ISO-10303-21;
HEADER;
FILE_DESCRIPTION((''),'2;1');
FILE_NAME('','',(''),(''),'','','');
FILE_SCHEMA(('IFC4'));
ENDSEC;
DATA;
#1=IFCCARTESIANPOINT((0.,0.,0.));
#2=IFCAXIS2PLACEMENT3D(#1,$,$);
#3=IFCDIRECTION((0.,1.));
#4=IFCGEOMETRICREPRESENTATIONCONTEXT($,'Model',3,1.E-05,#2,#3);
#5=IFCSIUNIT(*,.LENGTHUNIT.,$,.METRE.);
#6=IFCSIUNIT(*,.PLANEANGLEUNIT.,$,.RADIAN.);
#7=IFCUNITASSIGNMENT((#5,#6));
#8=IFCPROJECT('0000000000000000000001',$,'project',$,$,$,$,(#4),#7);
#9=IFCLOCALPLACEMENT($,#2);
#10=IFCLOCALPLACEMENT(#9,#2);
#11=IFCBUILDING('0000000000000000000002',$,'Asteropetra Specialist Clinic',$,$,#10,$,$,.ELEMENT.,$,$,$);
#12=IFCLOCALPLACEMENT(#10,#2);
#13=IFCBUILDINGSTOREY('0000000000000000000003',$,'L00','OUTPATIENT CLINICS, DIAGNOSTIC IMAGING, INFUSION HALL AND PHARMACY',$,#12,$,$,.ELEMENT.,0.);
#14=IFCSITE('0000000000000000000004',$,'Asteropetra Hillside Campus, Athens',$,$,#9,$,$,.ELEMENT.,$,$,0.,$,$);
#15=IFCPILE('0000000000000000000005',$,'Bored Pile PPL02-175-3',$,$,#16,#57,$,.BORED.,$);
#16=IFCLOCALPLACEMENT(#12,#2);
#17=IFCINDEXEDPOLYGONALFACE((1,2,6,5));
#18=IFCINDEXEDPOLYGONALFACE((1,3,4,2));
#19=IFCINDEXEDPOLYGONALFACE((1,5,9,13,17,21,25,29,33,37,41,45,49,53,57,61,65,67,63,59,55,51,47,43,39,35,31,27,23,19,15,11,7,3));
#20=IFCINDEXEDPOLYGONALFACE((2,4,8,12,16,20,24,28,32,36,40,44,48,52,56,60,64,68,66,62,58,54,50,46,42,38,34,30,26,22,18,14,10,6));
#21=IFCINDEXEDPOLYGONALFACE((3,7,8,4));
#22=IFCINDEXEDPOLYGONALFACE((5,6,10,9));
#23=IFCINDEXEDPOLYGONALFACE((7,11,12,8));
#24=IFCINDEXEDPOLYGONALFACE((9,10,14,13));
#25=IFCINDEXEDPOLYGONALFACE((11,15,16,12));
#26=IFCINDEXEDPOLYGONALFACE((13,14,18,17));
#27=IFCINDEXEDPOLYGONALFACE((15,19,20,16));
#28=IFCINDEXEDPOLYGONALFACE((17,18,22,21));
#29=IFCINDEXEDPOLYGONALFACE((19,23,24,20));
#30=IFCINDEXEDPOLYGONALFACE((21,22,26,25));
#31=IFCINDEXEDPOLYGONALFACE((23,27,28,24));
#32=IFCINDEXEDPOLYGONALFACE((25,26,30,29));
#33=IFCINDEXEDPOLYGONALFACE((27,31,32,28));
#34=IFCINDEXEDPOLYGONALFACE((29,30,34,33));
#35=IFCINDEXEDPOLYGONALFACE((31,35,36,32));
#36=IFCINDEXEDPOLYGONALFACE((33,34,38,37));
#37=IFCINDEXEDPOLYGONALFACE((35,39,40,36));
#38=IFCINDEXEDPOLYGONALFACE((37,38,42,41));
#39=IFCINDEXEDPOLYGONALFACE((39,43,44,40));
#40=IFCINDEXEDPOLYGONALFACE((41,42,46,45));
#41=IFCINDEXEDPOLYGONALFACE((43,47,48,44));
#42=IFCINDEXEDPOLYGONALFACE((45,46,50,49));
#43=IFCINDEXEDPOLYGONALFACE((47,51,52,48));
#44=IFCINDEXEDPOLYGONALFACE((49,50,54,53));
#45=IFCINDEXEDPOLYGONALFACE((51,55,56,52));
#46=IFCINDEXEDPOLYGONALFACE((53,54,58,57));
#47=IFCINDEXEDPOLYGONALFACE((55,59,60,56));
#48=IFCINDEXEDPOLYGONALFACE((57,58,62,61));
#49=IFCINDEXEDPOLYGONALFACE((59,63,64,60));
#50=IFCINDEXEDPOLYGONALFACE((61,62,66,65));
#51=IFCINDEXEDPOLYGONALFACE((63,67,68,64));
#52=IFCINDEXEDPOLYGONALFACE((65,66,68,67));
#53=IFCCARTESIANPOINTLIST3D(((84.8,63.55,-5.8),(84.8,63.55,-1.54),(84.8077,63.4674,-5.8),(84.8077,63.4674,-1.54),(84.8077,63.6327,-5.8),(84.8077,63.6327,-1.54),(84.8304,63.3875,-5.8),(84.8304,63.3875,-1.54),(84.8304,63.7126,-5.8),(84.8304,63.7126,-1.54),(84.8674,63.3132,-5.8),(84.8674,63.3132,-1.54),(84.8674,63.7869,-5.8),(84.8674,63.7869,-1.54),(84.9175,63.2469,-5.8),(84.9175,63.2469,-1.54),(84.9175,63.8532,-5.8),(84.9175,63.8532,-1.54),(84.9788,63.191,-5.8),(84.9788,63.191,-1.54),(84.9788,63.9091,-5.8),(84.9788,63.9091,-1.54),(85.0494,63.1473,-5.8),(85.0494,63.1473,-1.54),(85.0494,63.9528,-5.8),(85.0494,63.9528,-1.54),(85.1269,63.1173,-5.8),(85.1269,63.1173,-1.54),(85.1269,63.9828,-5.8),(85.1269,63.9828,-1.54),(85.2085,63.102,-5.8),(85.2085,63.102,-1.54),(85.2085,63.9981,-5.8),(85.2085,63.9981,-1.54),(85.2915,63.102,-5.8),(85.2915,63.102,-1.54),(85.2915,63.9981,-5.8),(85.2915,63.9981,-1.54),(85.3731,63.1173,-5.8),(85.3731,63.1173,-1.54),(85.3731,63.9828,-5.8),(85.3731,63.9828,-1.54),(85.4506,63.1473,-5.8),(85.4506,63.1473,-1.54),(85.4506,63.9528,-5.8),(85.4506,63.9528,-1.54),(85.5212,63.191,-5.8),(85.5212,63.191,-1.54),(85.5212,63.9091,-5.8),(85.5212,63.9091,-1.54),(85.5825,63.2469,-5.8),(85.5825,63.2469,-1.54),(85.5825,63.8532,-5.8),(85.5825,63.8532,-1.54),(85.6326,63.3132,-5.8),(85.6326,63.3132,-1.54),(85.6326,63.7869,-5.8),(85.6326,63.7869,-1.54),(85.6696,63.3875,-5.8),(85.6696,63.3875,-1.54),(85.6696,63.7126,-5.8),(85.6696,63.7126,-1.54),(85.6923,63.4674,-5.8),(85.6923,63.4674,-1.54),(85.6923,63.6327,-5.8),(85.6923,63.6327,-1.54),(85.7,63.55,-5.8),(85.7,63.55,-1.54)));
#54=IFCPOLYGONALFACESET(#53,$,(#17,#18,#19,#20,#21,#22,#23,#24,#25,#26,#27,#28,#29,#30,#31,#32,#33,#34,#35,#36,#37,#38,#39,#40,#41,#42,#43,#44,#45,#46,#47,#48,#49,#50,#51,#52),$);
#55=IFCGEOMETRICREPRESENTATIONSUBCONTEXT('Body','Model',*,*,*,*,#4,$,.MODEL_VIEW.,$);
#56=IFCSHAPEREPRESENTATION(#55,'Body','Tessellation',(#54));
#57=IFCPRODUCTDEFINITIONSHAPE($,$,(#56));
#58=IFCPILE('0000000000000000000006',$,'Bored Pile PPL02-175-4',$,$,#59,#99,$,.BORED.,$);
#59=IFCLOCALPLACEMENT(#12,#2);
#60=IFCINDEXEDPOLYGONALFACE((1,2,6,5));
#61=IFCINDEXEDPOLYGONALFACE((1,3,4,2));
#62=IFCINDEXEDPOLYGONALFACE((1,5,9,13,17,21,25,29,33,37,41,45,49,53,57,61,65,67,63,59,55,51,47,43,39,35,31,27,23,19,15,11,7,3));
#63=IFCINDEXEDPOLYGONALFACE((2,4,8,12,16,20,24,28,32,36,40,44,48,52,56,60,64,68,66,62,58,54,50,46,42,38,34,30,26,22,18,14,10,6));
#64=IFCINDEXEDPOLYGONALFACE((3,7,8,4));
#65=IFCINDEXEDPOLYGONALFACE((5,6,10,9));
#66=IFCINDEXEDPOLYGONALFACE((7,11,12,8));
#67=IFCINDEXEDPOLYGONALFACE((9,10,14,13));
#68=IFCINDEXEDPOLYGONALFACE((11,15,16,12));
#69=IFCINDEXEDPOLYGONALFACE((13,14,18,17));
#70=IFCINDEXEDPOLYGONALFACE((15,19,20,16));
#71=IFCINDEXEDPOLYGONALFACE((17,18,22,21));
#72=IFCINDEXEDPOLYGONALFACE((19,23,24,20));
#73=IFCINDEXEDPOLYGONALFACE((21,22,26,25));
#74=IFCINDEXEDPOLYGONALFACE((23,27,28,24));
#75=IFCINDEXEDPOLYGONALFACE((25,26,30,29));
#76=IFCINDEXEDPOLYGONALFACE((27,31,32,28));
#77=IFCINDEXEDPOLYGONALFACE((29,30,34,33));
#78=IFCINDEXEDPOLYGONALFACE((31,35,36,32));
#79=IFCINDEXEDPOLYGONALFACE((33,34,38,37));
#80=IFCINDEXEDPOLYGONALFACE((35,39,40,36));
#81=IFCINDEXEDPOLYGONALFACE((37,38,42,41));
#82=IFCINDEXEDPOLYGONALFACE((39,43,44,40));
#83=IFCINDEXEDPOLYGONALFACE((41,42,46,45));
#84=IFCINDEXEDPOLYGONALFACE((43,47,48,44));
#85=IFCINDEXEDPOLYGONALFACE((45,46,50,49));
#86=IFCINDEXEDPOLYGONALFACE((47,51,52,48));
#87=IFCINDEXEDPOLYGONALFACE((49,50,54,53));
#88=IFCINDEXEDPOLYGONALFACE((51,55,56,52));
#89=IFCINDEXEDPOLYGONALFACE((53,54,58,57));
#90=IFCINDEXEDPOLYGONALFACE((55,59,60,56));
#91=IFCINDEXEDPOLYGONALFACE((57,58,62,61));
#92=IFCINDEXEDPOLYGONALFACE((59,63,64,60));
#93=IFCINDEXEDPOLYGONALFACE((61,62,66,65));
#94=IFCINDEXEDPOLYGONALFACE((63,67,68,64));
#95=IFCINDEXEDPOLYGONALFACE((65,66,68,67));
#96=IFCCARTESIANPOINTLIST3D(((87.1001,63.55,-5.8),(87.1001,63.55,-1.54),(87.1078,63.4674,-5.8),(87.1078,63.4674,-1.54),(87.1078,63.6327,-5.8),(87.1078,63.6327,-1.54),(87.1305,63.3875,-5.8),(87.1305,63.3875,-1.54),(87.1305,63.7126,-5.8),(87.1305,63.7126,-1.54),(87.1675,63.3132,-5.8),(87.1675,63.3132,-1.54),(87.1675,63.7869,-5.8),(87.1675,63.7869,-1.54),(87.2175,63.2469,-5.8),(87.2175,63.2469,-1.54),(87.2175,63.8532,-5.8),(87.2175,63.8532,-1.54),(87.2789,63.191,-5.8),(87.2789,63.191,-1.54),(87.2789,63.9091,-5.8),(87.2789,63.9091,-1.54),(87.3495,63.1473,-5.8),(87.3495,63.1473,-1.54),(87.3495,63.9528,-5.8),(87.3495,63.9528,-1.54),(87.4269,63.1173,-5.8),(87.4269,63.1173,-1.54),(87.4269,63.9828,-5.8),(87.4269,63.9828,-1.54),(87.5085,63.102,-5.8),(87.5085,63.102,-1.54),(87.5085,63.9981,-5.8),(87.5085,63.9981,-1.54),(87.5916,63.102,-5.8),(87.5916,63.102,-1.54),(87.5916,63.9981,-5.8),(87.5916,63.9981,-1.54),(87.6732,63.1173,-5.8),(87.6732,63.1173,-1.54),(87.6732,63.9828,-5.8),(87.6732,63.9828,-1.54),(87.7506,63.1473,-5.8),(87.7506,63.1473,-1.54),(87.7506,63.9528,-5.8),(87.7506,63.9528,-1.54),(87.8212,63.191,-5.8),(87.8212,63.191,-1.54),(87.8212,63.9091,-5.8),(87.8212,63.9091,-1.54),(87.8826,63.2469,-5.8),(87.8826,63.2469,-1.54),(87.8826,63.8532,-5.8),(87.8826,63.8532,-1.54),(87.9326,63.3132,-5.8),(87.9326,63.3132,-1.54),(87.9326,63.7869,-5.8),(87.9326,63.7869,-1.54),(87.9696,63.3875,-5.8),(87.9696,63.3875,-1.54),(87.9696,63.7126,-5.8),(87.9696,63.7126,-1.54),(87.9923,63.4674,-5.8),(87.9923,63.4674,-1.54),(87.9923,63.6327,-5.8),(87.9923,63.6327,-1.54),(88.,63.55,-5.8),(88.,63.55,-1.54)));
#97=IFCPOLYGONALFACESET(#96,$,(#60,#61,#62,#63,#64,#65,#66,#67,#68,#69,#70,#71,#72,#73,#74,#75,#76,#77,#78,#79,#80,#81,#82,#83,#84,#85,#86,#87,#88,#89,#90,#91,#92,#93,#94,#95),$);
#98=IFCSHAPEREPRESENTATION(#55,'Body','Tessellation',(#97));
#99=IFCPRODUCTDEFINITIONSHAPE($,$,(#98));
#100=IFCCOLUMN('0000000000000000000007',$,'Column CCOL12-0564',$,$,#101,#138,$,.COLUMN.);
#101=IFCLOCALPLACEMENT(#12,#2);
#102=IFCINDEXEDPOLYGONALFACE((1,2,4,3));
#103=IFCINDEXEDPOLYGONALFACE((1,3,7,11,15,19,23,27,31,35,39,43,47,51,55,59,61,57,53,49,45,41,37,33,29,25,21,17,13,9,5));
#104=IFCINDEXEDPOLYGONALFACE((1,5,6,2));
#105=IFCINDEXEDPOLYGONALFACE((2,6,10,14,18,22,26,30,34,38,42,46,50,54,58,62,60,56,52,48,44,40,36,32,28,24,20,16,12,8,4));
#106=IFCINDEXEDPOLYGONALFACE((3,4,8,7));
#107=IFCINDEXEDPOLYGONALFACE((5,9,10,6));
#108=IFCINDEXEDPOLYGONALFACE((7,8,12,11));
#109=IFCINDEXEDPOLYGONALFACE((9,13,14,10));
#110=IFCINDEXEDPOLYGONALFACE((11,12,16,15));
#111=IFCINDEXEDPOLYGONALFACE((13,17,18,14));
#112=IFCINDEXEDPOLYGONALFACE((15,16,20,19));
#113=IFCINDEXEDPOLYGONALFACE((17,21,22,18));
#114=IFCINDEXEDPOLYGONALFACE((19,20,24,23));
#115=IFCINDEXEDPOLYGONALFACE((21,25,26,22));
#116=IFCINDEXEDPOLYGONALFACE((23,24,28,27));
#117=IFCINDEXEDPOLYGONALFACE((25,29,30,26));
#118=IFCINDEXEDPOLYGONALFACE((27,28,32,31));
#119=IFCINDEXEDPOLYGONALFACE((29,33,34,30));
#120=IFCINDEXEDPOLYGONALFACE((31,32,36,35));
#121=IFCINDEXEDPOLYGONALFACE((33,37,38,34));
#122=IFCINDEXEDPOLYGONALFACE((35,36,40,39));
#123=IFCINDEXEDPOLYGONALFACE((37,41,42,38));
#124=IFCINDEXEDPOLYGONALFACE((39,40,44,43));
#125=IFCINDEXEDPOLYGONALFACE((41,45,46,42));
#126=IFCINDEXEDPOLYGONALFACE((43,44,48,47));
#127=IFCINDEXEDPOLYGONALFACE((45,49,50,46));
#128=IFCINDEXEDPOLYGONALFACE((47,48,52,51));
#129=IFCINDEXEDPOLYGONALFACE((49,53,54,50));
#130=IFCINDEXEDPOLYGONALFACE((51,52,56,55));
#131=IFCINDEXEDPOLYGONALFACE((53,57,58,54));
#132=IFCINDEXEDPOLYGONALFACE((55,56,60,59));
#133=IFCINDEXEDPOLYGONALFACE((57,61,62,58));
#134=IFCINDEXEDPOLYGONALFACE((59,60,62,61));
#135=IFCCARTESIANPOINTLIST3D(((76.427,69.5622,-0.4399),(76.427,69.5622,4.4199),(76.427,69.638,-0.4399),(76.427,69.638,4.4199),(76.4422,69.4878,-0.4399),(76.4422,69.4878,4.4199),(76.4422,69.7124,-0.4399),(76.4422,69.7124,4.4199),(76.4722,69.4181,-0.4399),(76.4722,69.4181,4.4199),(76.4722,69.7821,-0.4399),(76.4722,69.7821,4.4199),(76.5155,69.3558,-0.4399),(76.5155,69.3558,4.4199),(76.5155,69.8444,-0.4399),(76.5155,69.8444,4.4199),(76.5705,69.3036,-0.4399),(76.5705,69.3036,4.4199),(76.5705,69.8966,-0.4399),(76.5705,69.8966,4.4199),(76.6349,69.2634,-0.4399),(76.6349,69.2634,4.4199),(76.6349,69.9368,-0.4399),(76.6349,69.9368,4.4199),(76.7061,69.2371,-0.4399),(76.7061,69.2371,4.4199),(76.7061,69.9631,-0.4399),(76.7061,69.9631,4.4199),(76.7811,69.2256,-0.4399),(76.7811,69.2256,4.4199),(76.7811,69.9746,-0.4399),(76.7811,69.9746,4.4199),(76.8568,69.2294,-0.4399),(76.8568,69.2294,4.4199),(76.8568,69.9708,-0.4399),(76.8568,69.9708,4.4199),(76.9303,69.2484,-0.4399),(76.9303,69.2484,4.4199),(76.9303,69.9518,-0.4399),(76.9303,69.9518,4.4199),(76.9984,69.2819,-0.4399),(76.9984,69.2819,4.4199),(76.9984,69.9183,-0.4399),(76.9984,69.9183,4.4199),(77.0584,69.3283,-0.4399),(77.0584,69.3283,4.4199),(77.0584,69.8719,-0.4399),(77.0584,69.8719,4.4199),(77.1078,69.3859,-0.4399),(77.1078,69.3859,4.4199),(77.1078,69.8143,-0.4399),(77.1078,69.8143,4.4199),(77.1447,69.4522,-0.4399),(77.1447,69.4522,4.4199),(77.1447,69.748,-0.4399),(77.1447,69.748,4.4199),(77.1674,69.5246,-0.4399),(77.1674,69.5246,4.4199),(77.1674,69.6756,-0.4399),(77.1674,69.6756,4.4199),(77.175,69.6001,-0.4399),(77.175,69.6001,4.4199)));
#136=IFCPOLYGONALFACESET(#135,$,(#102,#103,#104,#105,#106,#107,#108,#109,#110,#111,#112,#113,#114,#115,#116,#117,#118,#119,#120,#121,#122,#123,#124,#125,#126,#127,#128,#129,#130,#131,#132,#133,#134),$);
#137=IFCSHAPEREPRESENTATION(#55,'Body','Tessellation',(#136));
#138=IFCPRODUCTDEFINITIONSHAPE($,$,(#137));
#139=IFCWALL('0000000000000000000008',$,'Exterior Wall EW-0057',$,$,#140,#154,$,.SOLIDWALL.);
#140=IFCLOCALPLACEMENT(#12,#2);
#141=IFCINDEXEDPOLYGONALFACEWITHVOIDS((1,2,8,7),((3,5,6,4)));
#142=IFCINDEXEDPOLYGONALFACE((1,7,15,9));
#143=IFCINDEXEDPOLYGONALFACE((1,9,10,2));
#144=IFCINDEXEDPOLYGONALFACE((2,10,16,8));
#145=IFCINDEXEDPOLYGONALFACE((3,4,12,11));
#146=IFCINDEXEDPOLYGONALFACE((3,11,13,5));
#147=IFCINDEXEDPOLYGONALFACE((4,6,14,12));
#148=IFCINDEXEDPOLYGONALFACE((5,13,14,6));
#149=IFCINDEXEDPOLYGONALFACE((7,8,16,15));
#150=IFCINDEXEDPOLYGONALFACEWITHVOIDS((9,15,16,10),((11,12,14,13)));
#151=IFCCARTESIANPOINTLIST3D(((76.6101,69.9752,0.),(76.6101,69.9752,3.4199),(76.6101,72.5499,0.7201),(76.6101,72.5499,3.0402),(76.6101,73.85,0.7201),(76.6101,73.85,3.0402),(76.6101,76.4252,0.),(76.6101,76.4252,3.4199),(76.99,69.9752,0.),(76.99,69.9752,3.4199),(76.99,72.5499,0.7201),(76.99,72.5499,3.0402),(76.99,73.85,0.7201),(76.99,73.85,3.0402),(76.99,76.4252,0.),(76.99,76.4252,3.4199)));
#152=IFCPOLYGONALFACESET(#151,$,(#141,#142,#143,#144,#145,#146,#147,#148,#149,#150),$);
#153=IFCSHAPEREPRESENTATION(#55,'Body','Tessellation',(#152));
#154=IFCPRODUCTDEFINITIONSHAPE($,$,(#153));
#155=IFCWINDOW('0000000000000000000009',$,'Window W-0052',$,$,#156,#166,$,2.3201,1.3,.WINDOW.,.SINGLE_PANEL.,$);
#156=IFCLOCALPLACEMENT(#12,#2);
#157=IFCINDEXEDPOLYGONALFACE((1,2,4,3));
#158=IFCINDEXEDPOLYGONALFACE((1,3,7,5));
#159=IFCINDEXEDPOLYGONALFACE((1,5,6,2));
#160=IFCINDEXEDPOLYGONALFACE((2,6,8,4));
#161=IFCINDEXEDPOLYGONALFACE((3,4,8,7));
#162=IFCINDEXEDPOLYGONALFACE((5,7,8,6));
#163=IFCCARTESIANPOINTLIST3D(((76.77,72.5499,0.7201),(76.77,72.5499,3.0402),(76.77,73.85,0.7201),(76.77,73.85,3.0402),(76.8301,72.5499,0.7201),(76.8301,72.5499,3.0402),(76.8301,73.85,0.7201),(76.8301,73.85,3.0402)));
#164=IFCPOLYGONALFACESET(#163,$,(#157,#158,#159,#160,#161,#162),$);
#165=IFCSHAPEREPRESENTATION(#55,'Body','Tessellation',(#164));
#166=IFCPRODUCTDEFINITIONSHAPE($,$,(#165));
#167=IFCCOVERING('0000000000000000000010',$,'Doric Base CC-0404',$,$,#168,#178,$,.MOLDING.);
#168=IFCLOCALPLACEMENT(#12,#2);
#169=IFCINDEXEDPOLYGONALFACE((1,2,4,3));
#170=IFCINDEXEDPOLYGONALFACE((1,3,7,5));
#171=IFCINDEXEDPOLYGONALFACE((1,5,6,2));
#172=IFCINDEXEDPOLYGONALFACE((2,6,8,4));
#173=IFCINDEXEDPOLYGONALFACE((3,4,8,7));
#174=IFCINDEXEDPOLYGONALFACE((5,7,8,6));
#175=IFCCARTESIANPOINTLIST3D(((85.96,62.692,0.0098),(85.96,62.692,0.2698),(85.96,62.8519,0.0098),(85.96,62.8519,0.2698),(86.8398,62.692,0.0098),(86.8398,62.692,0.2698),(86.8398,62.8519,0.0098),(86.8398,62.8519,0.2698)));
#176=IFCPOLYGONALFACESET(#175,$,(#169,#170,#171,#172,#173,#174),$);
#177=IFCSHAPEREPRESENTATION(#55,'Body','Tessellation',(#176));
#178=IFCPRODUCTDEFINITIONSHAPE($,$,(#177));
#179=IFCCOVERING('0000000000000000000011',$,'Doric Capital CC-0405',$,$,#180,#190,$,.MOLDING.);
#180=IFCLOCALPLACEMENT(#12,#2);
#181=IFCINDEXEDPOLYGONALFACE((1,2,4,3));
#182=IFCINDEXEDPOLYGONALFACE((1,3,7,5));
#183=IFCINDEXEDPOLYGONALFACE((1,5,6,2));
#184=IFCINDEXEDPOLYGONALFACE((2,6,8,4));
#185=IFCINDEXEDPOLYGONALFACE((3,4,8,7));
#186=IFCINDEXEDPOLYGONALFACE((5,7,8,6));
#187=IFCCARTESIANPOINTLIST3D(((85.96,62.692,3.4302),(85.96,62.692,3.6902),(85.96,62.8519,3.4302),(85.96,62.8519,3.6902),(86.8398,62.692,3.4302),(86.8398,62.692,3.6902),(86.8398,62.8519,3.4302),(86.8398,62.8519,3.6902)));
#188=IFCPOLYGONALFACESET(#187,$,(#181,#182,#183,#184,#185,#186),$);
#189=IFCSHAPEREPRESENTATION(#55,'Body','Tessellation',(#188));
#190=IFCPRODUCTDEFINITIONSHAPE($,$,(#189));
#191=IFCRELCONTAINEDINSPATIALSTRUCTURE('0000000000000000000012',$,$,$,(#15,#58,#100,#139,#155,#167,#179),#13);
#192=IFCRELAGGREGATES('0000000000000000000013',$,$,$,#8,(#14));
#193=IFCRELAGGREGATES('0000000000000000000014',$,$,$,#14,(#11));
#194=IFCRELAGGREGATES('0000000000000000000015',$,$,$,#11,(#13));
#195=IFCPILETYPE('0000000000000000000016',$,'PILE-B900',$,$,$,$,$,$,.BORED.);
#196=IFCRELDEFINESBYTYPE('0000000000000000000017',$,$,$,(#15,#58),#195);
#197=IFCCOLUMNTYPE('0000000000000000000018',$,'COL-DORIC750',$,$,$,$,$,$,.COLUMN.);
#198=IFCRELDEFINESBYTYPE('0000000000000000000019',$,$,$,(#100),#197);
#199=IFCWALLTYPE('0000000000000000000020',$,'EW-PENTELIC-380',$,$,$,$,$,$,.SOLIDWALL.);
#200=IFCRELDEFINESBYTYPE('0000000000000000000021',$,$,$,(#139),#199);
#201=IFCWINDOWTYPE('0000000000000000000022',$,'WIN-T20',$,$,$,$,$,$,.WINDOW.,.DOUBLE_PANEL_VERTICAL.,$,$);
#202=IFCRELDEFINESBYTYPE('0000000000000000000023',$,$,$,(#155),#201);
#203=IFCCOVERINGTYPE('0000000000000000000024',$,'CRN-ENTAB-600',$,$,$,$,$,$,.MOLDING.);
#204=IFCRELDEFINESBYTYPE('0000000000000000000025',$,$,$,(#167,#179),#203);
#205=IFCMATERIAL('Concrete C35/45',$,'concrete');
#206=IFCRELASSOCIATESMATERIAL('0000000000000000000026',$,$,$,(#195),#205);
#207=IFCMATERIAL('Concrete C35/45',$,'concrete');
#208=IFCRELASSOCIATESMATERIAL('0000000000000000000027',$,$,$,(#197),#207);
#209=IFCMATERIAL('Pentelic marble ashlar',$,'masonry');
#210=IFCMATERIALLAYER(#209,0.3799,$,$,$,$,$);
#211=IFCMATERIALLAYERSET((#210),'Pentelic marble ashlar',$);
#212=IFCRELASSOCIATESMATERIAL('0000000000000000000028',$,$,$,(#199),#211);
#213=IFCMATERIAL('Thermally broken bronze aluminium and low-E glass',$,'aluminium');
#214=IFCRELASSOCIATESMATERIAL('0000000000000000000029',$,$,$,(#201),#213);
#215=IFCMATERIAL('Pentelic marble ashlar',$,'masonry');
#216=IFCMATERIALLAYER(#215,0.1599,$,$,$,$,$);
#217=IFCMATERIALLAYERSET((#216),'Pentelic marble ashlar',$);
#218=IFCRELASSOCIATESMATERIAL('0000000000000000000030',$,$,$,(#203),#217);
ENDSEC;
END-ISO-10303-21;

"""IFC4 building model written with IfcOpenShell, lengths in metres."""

from ifc_helpers import new_model, si_unit, direction, frame, frame_2d, origin, origin_2d, place, context, subcontext, project, spatial, rectangle, circle, extrude, material, layer, layer_set, material_profile, profile_set, type_object, element, fill, save


model = new_model("IFC4")

# Units and contexts
model_context = context("Model", 3, precision=1e-05, world=origin(), true_north=direction((0.0, 1.0)))
body_context = subcontext(model_context, "Body", "Model", "MODEL_VIEW")
ifc_project = project(units=[si_unit("LENGTHUNIT", "METRE"), si_unit("PLANEANGLEUNIT", "RADIAN")], contexts=[model_context])

# Site, building, storey
site_placement = place(None, origin())
site = spatial("IfcSite", under=ifc_project, at=site_placement, Name="Asteropetra Hillside Campus, Athens", CompositionType="ELEMENT", RefElevation=0.0)
building_placement = place(site_placement, origin())
building = spatial("IfcBuilding", under=site, at=building_placement, Name="Asteropetra Specialist Clinic", CompositionType="ELEMENT")
storey_placement = place(building_placement, origin())
storey = spatial("IfcBuildingStorey", under=building, at=storey_placement, Name="L00", Description="OUTPATIENT CLINICS, DIAGNOSTIC IMAGING, INFUSION HALL AND PHARMACY", CompositionType="ELEMENT", Elevation=0.0)

# Piles
ifc_material_1 = material(Name="Concrete C35/45", Category="concrete")
ifc_material_profile_1 = material_profile(ifc_material_1, circle(Radius=0.45, at=origin_2d()), Name="PILE D900")
ifc_profile_set_1 = profile_set([ifc_material_profile_1], Name="Concrete C35/45")
pile_type_1 = type_object("IfcPileType", Name="PILE-B900", PredefinedType="BORED", material=ifc_profile_set_1)
for number, where, z_axis, x_axis, name in (
    (1, (85.25, 63.55, -1.54), (0.0, 0.0, -1.0), (1.0, 0.0, 0.0), "Bored Pile PPL02-175-3"),
    (2, (87.55, 63.55, -1.54), (0.0, 0.0, -1.0), (1.0, 0.0, 0.0), "Bored Pile PPL02-175-4"),
):
    element("IfcPile", number, at=place(storey_placement, frame(where, z_axis=z_axis, x_axis=x_axis)), inside=storey, type_object=pile_type_1, Name=name, PredefinedType="BORED", context=body_context, shape_type="SweptSolid", body=[
        extrude(circle(Radius=0.45, at=origin_2d()), origin(), (0.0, 0.0, 1.0), 4.26),
    ])

# Column
ifc_material_2 = material(Name="Concrete C35/45", Category="concrete")
ifc_material_profile_2 = material_profile(ifc_material_2, circle(Radius=0.375, at=origin_2d()), Name="RCC D750")
ifc_profile_set_2 = profile_set([ifc_material_profile_2], Name="Concrete C35/45")
column_type = type_object("IfcColumnType", Name="COL-DORIC750", PredefinedType="COLUMN", material=ifc_profile_set_2)
column_placement = place(storey_placement, frame((76.8, 69.6001, -0.4399), z_axis=(0.0, 0.0, 1.0), x_axis=(1.0, 0.0, 0.0)))
element("IfcColumn", 3, at=column_placement, inside=storey, type_object=column_type, Name="Column CCOL12-0564", PredefinedType="COLUMN", context=body_context, shape_type="SweptSolid", body=[
    extrude(circle(Radius=0.375, at=origin_2d()), origin(), (0.0, 0.0, 1.0), 4.8599),
])

# Wall, opening, window
ifc_material_3 = material(Name="Pentelic marble ashlar", Category="masonry")
ifc_layer_1 = layer(ifc_material_3, 0.3799)
ifc_layer_set_1 = layer_set([ifc_layer_1], Name="Pentelic marble ashlar")
wall_type = type_object("IfcWallType", Name="EW-PENTELIC-380", PredefinedType="SOLIDWALL", material=ifc_layer_set_1)
wall_placement = place(storey_placement, frame((76.8, 69.9751, 0.0), z_axis=(0.0, 0.0, 1.0), x_axis=(0.0, 1.0, 0.0)))
wall = element("IfcWall", 4, at=wall_placement, inside=storey, type_object=wall_type, Name="Exterior Wall EW-0057", PredefinedType="SOLIDWALL", context=body_context, shape_type="SweptSolid", body=[
    extrude(rectangle(XDim=6.45, YDim=0.3799, at=frame_2d((3.2251, 0.0))), origin(), (0.0, 0.0, 1.0), 3.4199),
])
opening_placement = place(wall_placement, frame((2.575, 0.0, 0.72)))
opening = element("IfcOpeningElement", 5, at=opening_placement, cuts=wall, PredefinedType="OPENING", context=body_context, shape_type="SweptSolid", body=[
    extrude(rectangle(XDim=1.3, YDim=2.3201, at=frame_2d((0.6499, 1.1602))), frame((0.0, 0.2, 0.0), z_axis=(0.0, -1.0, 0.0), x_axis=(1.0, 0.0, 0.0)), (0.0, 0.0, 1.0), 0.3999),
])
ifc_material_4 = material(Name="Thermally broken bronze aluminium and low-E glass", Category="aluminium")
window_type = type_object("IfcWindowType", Name="WIN-T20", PartitioningType="DOUBLE_PANEL_VERTICAL", PredefinedType="WINDOW", material=ifc_material_4)
window_placement = place(opening_placement, origin())
window = element("IfcWindow", 6, at=window_placement, inside=storey, type_object=window_type, Name="Window W-0052", OverallHeight=2.3201, OverallWidth=1.3, PartitioningType="SINGLE_PANEL", PredefinedType="WINDOW", context=body_context, shape_type="SweptSolid", body=[
    extrude(rectangle(XDim=1.3, YDim=2.3201, at=frame_2d((0.6499, 1.1602))), frame((0.0, 0.03, 0.0), z_axis=(0.0, -1.0, 0.0), x_axis=(1.0, 0.0, 0.0)), (0.0, 0.0, 1.0), 0.0601),
])
fill(opening, window)

# Coverings
ifc_material_5 = material(Name="Pentelic marble ashlar", Category="masonry")
ifc_layer_2 = layer(ifc_material_5, 0.1599)
ifc_layer_set_2 = layer_set([ifc_layer_2], Name="Pentelic marble ashlar")
covering_type = type_object("IfcCoveringType", Name="CRN-ENTAB-600", PredefinedType="MOLDING", material=ifc_layer_set_2)
for number, where, z_axis, x_axis, name in (
    (7, (86.3999, 62.772, 0.0098), (0.0, 0.0, 1.0), (1.0, 0.0, 0.0), "Doric Base CC-0404"),
    (8, (86.3999, 62.772, 3.4302), (0.0, 0.0, 1.0), (1.0, 0.0, 0.0), "Doric Capital CC-0405"),
):
    element("IfcCovering", number, at=place(storey_placement, frame(where, z_axis=z_axis, x_axis=x_axis)), inside=storey, type_object=covering_type, Name=name, PredefinedType="MOLDING", context=body_context, shape_type="SweptSolid", body=[
        extrude(rectangle(XDim=0.8799, YDim=0.1599, at=origin_2d()), origin(), (0.0, 0.0, 1.0), 0.26),
    ])

save(model, "model.ifc")
